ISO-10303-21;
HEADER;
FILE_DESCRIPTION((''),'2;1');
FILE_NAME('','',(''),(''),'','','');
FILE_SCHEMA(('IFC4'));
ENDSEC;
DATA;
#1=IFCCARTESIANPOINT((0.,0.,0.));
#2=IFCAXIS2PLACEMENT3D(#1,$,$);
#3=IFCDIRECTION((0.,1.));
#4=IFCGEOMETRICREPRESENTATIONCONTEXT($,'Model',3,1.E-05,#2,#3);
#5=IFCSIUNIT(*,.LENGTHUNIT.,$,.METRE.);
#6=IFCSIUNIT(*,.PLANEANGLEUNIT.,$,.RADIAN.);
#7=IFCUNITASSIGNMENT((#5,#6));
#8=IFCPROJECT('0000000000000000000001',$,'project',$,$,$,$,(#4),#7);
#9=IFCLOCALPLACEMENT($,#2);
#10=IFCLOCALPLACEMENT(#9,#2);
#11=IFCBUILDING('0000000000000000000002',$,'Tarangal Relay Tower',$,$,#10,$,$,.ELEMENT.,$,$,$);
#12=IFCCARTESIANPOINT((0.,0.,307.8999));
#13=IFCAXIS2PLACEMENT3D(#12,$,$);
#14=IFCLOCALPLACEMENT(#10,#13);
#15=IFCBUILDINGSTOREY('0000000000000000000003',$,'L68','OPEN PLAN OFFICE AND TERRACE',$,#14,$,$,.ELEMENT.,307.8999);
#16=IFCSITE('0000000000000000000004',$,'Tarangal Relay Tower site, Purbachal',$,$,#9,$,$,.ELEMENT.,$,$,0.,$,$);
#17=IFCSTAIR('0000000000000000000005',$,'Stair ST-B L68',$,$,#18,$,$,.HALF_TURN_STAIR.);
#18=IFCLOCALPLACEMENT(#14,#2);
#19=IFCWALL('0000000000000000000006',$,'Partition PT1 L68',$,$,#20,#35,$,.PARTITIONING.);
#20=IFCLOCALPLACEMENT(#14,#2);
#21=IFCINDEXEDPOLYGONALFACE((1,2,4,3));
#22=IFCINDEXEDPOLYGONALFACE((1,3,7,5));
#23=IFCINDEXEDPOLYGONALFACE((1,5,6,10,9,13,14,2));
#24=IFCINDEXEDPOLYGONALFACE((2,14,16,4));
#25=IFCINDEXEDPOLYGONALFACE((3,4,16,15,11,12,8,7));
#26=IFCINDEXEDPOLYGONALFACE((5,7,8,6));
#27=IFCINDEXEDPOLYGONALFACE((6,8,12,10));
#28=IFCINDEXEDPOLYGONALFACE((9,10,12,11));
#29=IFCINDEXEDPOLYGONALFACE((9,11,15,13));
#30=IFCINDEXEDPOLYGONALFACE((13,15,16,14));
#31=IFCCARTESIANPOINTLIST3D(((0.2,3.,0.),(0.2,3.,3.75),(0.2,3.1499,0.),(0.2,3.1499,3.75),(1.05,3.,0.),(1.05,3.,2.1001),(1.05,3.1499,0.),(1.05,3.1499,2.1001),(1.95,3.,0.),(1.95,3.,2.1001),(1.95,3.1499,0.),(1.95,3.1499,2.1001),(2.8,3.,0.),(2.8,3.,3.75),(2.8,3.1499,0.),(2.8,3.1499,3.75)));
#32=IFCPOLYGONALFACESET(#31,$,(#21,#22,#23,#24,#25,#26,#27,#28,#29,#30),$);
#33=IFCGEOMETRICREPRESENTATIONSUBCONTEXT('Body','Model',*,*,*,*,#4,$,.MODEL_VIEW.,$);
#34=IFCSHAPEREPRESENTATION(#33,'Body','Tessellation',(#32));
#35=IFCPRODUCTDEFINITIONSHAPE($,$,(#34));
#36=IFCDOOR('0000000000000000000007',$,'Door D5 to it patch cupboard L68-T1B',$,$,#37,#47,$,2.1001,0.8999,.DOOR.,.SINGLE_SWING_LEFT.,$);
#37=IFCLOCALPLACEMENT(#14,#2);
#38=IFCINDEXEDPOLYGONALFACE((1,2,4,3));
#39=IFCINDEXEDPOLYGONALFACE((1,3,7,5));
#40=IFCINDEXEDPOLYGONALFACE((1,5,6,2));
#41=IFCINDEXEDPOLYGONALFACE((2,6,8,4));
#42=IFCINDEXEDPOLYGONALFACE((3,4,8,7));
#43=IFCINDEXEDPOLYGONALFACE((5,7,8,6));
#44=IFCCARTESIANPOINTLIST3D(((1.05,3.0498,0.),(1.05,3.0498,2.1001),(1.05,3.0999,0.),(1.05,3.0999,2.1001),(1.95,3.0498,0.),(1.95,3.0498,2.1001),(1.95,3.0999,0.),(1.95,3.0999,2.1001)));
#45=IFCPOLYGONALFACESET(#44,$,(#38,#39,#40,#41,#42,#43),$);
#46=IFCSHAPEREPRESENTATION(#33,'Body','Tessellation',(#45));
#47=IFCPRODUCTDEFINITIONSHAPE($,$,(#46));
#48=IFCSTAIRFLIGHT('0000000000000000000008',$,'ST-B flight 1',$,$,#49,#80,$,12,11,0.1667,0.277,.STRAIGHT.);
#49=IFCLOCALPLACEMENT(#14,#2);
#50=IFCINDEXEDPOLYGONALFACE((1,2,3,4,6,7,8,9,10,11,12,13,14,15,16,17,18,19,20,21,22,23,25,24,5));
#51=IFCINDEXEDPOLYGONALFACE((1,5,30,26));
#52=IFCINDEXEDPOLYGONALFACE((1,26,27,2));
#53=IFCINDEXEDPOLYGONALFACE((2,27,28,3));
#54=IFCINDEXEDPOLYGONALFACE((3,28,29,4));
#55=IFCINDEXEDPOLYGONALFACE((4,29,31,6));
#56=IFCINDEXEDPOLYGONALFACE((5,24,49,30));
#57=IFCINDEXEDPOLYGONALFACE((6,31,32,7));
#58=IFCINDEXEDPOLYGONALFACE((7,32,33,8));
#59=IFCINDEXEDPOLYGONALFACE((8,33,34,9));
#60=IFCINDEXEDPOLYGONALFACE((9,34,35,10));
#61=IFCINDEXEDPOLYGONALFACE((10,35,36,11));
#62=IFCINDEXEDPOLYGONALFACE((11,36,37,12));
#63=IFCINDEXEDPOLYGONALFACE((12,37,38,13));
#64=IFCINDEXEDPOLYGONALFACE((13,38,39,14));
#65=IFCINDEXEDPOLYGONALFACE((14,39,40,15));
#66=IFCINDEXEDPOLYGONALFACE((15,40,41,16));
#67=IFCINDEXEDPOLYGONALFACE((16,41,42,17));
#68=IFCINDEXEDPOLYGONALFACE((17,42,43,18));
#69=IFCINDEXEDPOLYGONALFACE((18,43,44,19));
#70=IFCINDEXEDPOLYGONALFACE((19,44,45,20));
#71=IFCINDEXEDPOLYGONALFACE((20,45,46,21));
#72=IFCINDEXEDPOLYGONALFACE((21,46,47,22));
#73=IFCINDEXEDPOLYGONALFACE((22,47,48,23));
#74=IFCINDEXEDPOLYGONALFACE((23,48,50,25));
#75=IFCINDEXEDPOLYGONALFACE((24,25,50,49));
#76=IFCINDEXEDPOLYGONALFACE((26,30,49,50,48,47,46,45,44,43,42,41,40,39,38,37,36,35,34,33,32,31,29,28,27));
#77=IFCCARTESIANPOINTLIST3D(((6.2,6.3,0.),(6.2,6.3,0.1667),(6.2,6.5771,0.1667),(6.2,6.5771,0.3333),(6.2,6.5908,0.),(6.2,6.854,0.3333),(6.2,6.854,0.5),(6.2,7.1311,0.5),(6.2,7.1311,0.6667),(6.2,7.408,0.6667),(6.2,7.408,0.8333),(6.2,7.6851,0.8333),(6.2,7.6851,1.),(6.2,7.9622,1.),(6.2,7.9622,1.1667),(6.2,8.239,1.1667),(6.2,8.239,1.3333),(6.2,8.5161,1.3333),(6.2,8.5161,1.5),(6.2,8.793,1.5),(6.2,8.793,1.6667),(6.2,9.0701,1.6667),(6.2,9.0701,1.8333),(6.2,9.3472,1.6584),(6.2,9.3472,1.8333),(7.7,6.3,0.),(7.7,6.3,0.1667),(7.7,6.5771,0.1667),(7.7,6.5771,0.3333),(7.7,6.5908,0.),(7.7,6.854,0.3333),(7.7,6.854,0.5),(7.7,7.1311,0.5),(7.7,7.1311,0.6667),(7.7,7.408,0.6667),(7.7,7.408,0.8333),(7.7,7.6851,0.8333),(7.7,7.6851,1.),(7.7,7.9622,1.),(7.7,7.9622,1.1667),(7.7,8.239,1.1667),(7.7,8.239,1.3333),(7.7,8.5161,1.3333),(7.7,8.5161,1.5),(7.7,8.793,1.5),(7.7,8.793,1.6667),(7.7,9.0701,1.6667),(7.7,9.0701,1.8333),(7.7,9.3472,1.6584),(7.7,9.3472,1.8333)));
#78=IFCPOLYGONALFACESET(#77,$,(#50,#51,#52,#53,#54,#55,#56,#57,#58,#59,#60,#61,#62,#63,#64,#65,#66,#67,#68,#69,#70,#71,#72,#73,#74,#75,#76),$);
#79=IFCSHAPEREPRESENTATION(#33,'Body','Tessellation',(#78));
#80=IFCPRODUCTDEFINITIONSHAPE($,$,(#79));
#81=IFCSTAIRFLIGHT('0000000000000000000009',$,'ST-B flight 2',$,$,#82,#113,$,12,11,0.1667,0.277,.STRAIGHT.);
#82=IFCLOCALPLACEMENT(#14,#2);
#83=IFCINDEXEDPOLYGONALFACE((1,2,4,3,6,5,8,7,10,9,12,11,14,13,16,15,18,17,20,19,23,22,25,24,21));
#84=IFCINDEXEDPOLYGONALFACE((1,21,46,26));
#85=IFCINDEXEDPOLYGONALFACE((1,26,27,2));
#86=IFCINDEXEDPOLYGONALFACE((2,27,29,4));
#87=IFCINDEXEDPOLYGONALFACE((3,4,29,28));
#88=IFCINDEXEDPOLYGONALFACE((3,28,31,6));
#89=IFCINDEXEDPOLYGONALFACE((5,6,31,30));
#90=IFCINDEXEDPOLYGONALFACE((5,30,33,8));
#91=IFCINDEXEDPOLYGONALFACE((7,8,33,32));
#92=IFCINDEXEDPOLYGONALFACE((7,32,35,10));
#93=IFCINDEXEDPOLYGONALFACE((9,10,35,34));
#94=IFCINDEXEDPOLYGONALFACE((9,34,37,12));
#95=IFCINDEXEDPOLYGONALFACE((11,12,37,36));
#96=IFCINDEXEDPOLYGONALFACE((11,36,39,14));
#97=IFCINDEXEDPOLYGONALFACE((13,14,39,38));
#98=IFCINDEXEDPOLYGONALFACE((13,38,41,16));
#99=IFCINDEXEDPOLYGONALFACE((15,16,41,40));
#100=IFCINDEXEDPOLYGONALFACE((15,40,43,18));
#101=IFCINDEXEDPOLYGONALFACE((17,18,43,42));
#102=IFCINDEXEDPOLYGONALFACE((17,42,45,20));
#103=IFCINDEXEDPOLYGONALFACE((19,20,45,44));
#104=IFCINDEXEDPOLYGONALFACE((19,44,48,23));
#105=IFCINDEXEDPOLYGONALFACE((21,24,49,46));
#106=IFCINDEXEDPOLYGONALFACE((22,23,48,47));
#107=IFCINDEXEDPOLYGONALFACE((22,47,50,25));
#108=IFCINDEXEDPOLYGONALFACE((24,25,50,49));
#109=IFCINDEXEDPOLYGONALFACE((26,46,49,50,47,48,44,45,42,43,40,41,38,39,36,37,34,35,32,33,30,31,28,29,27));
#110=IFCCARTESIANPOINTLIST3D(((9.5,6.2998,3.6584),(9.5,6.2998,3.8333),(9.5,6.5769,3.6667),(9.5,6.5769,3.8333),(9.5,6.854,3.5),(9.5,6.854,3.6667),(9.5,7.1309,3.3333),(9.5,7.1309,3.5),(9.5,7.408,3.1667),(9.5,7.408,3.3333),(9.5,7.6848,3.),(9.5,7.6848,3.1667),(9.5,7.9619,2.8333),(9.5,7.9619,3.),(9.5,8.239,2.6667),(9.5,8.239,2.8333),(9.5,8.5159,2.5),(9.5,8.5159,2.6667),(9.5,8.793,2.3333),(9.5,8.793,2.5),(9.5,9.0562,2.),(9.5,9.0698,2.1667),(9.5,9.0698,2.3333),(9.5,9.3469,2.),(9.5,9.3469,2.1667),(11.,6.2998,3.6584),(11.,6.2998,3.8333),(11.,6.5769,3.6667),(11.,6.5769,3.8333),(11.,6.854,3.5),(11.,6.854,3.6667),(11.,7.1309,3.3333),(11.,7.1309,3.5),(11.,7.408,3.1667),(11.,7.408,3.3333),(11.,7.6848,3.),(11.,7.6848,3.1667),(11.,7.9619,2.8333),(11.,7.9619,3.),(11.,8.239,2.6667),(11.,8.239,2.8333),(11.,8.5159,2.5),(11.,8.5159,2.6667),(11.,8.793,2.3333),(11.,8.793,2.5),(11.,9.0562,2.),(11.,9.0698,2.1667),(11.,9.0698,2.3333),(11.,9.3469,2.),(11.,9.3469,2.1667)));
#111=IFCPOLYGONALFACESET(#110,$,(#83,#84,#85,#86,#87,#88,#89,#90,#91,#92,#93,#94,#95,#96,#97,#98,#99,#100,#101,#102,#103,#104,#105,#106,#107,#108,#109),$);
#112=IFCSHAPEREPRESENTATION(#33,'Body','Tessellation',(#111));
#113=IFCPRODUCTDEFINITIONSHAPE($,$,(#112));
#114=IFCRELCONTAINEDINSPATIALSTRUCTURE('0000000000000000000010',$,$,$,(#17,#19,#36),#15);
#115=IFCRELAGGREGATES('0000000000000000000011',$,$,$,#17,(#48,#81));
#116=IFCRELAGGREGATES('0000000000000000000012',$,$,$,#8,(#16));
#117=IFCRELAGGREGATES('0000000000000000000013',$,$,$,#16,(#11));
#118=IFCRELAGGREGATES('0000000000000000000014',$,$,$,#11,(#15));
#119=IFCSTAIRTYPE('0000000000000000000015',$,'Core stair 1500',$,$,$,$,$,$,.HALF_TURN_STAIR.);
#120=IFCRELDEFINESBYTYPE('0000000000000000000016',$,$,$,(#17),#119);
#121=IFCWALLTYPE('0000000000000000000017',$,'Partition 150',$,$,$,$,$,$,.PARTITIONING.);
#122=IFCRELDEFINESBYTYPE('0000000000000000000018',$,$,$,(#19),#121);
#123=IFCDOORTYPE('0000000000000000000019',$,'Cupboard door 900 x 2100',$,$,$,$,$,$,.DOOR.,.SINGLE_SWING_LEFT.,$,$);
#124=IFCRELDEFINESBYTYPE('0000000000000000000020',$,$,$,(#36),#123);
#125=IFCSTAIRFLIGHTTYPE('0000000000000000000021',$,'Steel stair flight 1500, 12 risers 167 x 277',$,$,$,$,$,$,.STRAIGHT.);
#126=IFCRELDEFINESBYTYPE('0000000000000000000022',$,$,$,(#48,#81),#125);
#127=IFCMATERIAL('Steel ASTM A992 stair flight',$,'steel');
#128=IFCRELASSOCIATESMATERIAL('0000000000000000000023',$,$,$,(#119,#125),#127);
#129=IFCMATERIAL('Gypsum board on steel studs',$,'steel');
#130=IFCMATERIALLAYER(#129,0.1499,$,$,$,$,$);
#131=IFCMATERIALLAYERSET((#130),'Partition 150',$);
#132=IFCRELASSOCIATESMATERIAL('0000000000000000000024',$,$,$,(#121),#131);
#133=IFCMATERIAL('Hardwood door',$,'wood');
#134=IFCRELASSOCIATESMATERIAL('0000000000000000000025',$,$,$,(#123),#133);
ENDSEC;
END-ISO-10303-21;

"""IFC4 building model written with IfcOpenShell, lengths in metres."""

from ifc_helpers import new_model, si_unit, direction, frame, frame_2d, origin, place, context, subcontext, project, spatial, polyline, rectangle, outline, extrude, material, layer, layer_set, type_object, element, fill, aggregate, save


model = new_model("IFC4")

# Units and contexts
model_context = context("Model", 3, precision=1e-05, world=origin(), true_north=direction((0.0, 1.0)))
body_context = subcontext(model_context, "Body", "Model", "MODEL_VIEW")
ifc_project = project(units=[si_unit("LENGTHUNIT", "METRE"), si_unit("PLANEANGLEUNIT", "RADIAN")], contexts=[model_context])

# Site, building, storey
site_placement = place(None, origin())
site = spatial("IfcSite", under=ifc_project, at=site_placement, Name="Tarangal Relay Tower site, Purbachal", CompositionType="ELEMENT", RefElevation=0.0)
building_placement = place(site_placement, origin())
building = spatial("IfcBuilding", under=site, at=building_placement, Name="Tarangal Relay Tower", CompositionType="ELEMENT")
storey_placement = place(building_placement, frame((0.0, 0.0, 307.8999)))
storey = spatial("IfcBuildingStorey", under=building, at=storey_placement, Name="L68", Description="OPEN PLAN OFFICE AND TERRACE", CompositionType="ELEMENT", Elevation=307.8999)

# Stair
ifc_material_1 = material(Name="Steel ASTM A992 stair flight", Category="steel")
stair_type = type_object("IfcStairType", Name="Core stair 1500", PredefinedType="HALF_TURN_STAIR", material=ifc_material_1)
stair_1_placement = place(storey_placement, origin())
stair_1 = element("IfcStair", 1, at=stair_1_placement, inside=storey, type_object=stair_type, Name="Stair ST-B L68", PredefinedType="HALF_TURN_STAIR")

# Wall, opening, door
ifc_material_2 = material(Name="Gypsum board on steel studs", Category="steel")
ifc_layer_1 = layer(ifc_material_2, 0.1499)
ifc_layer_set_1 = layer_set([ifc_layer_1], Name="Partition 150")
wall_type_1 = type_object("IfcWallType", Name="Partition 150", PredefinedType="PARTITIONING", material=ifc_layer_set_1)
wall_1_placement = place(storey_placement, frame((0.2, 3.075, 0.0), z_axis=(0.0, 0.0, 1.0), x_axis=(1.0, 0.0, 0.0)))
wall_1 = element("IfcWall", 2, at=wall_1_placement, inside=storey, type_object=wall_type_1, Name="Partition PT1 L68", PredefinedType="PARTITIONING", context=body_context, shape_type="SweptSolid", body=[
    extrude(rectangle(XDim=2.6001, YDim=0.1499, at=frame_2d((1.3, 0.0))), origin(), (0.0, 0.0, 1.0), 3.75),
])
opening_1_placement = place(wall_1_placement, frame((0.8501, 0.0, 0.0)))
opening_1 = element("IfcOpeningElement", 3, at=opening_1_placement, cuts=wall_1, PredefinedType="OPENING", context=body_context, shape_type="SweptSolid", body=[
    extrude(rectangle(XDim=0.8999, YDim=2.1001, at=frame_2d((0.45, 1.05))), frame((0.0, 0.085, 0.0), z_axis=(0.0, -1.0, 0.0), x_axis=(1.0, 0.0, 0.0)), (0.0, 0.0, 1.0), 0.1699),
])
ifc_material_3 = material(Name="Hardwood door", Category="wood")
door_type_1 = type_object("IfcDoorType", Name="Cupboard door 900 x 2100", OperationType="SINGLE_SWING_LEFT", PredefinedType="DOOR", material=ifc_material_3)
door_1_placement = place(opening_1_placement, origin())
door_1 = element("IfcDoor", 4, at=door_1_placement, inside=storey, type_object=door_type_1, Name="Door D5 to it patch cupboard L68-T1B", OperationType="SINGLE_SWING_LEFT", OverallHeight=2.1001, OverallWidth=0.8999, PredefinedType="DOOR", context=body_context, shape_type="SweptSolid", body=[
    extrude(rectangle(XDim=0.8999, YDim=2.1001, at=frame_2d((0.45, 1.05))), frame((0.0, 0.0249, 0.0), z_axis=(0.0, -1.0, 0.0), x_axis=(1.0, 0.0, 0.0)), (0.0, 0.0, 1.0), 0.05),
])
fill(opening_1, door_1)

# Stair flights
stair_flight_type = type_object("IfcStairFlightType", Name="Steel stair flight 1500, 12 risers 167 x 277", PredefinedType="STRAIGHT", material=ifc_material_1)
stair_flight_1_placement = place(storey_placement, frame((6.95, 6.3, 0.0), z_axis=(0.0, 0.0, 1.0), x_axis=(0.0, 1.0, 0.0)))
stair_flight_1 = element("IfcStairFlight", 5, at=stair_flight_1_placement, type_object=stair_flight_type, Name="ST-B flight 1", NumberOfRisers=12, NumberOfTreads=11, PredefinedType="STRAIGHT", RiserHeight=0.1667, TreadLength=0.277, context=body_context, shape_type="SweptSolid", body=[
    extrude(outline(polyline([(0.0, 0.0), (0.0, 0.1667), (0.2771, 0.1667), (0.2771, 0.3333), (0.554, 0.3333), (0.554, 0.5), (0.8311, 0.5), (0.8311, 0.6667), (1.1079, 0.6667), (1.1079, 0.8333), (1.385, 0.8333), (1.385, 1.0), (1.6621, 1.0), (1.6621, 1.1667), (1.939, 1.1667), (1.939, 1.3333), (2.2161, 1.3333), (2.2161, 1.5), (2.4929, 1.5), (2.4929, 1.6667), (2.77, 1.6667), (2.77, 1.8333), (3.0471, 1.8333), (3.0471, 2.0), (3.0471, 1.6584), (0.2908, 0.0), (0.0, 0.0)])), frame((0.0, 0.75, 0.0), z_axis=(0.0, -1.0, 0.0), x_axis=(1.0, 0.0, 0.0)), (0.0, 0.0, 1.0), 1.5),
])
stair_flight_2_placement = place(storey_placement, frame((10.25, 9.3469, 2.0), z_axis=(0.0, 0.0, 1.0), x_axis=(0.0, -1.0, 0.0)))
stair_flight_2 = element("IfcStairFlight", 6, at=stair_flight_2_placement, type_object=stair_flight_type, Name="ST-B flight 2", NumberOfRisers=12, NumberOfTreads=11, PredefinedType="STRAIGHT", RiserHeight=0.1667, TreadLength=0.277, context=body_context, shape_type="SweptSolid", body=[
    extrude(outline(polyline([(0.0, 0.0), (0.0, 0.1667), (0.2771, 0.1667), (0.2771, 0.3333), (0.554, 0.3333), (0.554, 0.5), (0.8311, 0.5), (0.8311, 0.6667), (1.1079, 0.6667), (1.1079, 0.8333), (1.385, 0.8333), (1.385, 1.0), (1.6621, 1.0), (1.6621, 1.1667), (1.939, 1.1667), (1.939, 1.3333), (2.2161, 1.3333), (2.2161, 1.5), (2.4929, 1.5), (2.4929, 1.6667), (2.77, 1.6667), (2.77, 1.8333), (3.0471, 1.8333), (3.0471, 2.0), (3.0471, 1.6584), (0.2908, 0.0), (0.0, 0.0)])), frame((0.0, 0.75, 0.0), z_axis=(0.0, -1.0, 0.0), x_axis=(1.0, 0.0, 0.0)), (0.0, 0.0, 1.0), 1.5),
])
aggregate(stair_1, [stair_flight_1, stair_flight_2])

save(model, "model.ifc")
